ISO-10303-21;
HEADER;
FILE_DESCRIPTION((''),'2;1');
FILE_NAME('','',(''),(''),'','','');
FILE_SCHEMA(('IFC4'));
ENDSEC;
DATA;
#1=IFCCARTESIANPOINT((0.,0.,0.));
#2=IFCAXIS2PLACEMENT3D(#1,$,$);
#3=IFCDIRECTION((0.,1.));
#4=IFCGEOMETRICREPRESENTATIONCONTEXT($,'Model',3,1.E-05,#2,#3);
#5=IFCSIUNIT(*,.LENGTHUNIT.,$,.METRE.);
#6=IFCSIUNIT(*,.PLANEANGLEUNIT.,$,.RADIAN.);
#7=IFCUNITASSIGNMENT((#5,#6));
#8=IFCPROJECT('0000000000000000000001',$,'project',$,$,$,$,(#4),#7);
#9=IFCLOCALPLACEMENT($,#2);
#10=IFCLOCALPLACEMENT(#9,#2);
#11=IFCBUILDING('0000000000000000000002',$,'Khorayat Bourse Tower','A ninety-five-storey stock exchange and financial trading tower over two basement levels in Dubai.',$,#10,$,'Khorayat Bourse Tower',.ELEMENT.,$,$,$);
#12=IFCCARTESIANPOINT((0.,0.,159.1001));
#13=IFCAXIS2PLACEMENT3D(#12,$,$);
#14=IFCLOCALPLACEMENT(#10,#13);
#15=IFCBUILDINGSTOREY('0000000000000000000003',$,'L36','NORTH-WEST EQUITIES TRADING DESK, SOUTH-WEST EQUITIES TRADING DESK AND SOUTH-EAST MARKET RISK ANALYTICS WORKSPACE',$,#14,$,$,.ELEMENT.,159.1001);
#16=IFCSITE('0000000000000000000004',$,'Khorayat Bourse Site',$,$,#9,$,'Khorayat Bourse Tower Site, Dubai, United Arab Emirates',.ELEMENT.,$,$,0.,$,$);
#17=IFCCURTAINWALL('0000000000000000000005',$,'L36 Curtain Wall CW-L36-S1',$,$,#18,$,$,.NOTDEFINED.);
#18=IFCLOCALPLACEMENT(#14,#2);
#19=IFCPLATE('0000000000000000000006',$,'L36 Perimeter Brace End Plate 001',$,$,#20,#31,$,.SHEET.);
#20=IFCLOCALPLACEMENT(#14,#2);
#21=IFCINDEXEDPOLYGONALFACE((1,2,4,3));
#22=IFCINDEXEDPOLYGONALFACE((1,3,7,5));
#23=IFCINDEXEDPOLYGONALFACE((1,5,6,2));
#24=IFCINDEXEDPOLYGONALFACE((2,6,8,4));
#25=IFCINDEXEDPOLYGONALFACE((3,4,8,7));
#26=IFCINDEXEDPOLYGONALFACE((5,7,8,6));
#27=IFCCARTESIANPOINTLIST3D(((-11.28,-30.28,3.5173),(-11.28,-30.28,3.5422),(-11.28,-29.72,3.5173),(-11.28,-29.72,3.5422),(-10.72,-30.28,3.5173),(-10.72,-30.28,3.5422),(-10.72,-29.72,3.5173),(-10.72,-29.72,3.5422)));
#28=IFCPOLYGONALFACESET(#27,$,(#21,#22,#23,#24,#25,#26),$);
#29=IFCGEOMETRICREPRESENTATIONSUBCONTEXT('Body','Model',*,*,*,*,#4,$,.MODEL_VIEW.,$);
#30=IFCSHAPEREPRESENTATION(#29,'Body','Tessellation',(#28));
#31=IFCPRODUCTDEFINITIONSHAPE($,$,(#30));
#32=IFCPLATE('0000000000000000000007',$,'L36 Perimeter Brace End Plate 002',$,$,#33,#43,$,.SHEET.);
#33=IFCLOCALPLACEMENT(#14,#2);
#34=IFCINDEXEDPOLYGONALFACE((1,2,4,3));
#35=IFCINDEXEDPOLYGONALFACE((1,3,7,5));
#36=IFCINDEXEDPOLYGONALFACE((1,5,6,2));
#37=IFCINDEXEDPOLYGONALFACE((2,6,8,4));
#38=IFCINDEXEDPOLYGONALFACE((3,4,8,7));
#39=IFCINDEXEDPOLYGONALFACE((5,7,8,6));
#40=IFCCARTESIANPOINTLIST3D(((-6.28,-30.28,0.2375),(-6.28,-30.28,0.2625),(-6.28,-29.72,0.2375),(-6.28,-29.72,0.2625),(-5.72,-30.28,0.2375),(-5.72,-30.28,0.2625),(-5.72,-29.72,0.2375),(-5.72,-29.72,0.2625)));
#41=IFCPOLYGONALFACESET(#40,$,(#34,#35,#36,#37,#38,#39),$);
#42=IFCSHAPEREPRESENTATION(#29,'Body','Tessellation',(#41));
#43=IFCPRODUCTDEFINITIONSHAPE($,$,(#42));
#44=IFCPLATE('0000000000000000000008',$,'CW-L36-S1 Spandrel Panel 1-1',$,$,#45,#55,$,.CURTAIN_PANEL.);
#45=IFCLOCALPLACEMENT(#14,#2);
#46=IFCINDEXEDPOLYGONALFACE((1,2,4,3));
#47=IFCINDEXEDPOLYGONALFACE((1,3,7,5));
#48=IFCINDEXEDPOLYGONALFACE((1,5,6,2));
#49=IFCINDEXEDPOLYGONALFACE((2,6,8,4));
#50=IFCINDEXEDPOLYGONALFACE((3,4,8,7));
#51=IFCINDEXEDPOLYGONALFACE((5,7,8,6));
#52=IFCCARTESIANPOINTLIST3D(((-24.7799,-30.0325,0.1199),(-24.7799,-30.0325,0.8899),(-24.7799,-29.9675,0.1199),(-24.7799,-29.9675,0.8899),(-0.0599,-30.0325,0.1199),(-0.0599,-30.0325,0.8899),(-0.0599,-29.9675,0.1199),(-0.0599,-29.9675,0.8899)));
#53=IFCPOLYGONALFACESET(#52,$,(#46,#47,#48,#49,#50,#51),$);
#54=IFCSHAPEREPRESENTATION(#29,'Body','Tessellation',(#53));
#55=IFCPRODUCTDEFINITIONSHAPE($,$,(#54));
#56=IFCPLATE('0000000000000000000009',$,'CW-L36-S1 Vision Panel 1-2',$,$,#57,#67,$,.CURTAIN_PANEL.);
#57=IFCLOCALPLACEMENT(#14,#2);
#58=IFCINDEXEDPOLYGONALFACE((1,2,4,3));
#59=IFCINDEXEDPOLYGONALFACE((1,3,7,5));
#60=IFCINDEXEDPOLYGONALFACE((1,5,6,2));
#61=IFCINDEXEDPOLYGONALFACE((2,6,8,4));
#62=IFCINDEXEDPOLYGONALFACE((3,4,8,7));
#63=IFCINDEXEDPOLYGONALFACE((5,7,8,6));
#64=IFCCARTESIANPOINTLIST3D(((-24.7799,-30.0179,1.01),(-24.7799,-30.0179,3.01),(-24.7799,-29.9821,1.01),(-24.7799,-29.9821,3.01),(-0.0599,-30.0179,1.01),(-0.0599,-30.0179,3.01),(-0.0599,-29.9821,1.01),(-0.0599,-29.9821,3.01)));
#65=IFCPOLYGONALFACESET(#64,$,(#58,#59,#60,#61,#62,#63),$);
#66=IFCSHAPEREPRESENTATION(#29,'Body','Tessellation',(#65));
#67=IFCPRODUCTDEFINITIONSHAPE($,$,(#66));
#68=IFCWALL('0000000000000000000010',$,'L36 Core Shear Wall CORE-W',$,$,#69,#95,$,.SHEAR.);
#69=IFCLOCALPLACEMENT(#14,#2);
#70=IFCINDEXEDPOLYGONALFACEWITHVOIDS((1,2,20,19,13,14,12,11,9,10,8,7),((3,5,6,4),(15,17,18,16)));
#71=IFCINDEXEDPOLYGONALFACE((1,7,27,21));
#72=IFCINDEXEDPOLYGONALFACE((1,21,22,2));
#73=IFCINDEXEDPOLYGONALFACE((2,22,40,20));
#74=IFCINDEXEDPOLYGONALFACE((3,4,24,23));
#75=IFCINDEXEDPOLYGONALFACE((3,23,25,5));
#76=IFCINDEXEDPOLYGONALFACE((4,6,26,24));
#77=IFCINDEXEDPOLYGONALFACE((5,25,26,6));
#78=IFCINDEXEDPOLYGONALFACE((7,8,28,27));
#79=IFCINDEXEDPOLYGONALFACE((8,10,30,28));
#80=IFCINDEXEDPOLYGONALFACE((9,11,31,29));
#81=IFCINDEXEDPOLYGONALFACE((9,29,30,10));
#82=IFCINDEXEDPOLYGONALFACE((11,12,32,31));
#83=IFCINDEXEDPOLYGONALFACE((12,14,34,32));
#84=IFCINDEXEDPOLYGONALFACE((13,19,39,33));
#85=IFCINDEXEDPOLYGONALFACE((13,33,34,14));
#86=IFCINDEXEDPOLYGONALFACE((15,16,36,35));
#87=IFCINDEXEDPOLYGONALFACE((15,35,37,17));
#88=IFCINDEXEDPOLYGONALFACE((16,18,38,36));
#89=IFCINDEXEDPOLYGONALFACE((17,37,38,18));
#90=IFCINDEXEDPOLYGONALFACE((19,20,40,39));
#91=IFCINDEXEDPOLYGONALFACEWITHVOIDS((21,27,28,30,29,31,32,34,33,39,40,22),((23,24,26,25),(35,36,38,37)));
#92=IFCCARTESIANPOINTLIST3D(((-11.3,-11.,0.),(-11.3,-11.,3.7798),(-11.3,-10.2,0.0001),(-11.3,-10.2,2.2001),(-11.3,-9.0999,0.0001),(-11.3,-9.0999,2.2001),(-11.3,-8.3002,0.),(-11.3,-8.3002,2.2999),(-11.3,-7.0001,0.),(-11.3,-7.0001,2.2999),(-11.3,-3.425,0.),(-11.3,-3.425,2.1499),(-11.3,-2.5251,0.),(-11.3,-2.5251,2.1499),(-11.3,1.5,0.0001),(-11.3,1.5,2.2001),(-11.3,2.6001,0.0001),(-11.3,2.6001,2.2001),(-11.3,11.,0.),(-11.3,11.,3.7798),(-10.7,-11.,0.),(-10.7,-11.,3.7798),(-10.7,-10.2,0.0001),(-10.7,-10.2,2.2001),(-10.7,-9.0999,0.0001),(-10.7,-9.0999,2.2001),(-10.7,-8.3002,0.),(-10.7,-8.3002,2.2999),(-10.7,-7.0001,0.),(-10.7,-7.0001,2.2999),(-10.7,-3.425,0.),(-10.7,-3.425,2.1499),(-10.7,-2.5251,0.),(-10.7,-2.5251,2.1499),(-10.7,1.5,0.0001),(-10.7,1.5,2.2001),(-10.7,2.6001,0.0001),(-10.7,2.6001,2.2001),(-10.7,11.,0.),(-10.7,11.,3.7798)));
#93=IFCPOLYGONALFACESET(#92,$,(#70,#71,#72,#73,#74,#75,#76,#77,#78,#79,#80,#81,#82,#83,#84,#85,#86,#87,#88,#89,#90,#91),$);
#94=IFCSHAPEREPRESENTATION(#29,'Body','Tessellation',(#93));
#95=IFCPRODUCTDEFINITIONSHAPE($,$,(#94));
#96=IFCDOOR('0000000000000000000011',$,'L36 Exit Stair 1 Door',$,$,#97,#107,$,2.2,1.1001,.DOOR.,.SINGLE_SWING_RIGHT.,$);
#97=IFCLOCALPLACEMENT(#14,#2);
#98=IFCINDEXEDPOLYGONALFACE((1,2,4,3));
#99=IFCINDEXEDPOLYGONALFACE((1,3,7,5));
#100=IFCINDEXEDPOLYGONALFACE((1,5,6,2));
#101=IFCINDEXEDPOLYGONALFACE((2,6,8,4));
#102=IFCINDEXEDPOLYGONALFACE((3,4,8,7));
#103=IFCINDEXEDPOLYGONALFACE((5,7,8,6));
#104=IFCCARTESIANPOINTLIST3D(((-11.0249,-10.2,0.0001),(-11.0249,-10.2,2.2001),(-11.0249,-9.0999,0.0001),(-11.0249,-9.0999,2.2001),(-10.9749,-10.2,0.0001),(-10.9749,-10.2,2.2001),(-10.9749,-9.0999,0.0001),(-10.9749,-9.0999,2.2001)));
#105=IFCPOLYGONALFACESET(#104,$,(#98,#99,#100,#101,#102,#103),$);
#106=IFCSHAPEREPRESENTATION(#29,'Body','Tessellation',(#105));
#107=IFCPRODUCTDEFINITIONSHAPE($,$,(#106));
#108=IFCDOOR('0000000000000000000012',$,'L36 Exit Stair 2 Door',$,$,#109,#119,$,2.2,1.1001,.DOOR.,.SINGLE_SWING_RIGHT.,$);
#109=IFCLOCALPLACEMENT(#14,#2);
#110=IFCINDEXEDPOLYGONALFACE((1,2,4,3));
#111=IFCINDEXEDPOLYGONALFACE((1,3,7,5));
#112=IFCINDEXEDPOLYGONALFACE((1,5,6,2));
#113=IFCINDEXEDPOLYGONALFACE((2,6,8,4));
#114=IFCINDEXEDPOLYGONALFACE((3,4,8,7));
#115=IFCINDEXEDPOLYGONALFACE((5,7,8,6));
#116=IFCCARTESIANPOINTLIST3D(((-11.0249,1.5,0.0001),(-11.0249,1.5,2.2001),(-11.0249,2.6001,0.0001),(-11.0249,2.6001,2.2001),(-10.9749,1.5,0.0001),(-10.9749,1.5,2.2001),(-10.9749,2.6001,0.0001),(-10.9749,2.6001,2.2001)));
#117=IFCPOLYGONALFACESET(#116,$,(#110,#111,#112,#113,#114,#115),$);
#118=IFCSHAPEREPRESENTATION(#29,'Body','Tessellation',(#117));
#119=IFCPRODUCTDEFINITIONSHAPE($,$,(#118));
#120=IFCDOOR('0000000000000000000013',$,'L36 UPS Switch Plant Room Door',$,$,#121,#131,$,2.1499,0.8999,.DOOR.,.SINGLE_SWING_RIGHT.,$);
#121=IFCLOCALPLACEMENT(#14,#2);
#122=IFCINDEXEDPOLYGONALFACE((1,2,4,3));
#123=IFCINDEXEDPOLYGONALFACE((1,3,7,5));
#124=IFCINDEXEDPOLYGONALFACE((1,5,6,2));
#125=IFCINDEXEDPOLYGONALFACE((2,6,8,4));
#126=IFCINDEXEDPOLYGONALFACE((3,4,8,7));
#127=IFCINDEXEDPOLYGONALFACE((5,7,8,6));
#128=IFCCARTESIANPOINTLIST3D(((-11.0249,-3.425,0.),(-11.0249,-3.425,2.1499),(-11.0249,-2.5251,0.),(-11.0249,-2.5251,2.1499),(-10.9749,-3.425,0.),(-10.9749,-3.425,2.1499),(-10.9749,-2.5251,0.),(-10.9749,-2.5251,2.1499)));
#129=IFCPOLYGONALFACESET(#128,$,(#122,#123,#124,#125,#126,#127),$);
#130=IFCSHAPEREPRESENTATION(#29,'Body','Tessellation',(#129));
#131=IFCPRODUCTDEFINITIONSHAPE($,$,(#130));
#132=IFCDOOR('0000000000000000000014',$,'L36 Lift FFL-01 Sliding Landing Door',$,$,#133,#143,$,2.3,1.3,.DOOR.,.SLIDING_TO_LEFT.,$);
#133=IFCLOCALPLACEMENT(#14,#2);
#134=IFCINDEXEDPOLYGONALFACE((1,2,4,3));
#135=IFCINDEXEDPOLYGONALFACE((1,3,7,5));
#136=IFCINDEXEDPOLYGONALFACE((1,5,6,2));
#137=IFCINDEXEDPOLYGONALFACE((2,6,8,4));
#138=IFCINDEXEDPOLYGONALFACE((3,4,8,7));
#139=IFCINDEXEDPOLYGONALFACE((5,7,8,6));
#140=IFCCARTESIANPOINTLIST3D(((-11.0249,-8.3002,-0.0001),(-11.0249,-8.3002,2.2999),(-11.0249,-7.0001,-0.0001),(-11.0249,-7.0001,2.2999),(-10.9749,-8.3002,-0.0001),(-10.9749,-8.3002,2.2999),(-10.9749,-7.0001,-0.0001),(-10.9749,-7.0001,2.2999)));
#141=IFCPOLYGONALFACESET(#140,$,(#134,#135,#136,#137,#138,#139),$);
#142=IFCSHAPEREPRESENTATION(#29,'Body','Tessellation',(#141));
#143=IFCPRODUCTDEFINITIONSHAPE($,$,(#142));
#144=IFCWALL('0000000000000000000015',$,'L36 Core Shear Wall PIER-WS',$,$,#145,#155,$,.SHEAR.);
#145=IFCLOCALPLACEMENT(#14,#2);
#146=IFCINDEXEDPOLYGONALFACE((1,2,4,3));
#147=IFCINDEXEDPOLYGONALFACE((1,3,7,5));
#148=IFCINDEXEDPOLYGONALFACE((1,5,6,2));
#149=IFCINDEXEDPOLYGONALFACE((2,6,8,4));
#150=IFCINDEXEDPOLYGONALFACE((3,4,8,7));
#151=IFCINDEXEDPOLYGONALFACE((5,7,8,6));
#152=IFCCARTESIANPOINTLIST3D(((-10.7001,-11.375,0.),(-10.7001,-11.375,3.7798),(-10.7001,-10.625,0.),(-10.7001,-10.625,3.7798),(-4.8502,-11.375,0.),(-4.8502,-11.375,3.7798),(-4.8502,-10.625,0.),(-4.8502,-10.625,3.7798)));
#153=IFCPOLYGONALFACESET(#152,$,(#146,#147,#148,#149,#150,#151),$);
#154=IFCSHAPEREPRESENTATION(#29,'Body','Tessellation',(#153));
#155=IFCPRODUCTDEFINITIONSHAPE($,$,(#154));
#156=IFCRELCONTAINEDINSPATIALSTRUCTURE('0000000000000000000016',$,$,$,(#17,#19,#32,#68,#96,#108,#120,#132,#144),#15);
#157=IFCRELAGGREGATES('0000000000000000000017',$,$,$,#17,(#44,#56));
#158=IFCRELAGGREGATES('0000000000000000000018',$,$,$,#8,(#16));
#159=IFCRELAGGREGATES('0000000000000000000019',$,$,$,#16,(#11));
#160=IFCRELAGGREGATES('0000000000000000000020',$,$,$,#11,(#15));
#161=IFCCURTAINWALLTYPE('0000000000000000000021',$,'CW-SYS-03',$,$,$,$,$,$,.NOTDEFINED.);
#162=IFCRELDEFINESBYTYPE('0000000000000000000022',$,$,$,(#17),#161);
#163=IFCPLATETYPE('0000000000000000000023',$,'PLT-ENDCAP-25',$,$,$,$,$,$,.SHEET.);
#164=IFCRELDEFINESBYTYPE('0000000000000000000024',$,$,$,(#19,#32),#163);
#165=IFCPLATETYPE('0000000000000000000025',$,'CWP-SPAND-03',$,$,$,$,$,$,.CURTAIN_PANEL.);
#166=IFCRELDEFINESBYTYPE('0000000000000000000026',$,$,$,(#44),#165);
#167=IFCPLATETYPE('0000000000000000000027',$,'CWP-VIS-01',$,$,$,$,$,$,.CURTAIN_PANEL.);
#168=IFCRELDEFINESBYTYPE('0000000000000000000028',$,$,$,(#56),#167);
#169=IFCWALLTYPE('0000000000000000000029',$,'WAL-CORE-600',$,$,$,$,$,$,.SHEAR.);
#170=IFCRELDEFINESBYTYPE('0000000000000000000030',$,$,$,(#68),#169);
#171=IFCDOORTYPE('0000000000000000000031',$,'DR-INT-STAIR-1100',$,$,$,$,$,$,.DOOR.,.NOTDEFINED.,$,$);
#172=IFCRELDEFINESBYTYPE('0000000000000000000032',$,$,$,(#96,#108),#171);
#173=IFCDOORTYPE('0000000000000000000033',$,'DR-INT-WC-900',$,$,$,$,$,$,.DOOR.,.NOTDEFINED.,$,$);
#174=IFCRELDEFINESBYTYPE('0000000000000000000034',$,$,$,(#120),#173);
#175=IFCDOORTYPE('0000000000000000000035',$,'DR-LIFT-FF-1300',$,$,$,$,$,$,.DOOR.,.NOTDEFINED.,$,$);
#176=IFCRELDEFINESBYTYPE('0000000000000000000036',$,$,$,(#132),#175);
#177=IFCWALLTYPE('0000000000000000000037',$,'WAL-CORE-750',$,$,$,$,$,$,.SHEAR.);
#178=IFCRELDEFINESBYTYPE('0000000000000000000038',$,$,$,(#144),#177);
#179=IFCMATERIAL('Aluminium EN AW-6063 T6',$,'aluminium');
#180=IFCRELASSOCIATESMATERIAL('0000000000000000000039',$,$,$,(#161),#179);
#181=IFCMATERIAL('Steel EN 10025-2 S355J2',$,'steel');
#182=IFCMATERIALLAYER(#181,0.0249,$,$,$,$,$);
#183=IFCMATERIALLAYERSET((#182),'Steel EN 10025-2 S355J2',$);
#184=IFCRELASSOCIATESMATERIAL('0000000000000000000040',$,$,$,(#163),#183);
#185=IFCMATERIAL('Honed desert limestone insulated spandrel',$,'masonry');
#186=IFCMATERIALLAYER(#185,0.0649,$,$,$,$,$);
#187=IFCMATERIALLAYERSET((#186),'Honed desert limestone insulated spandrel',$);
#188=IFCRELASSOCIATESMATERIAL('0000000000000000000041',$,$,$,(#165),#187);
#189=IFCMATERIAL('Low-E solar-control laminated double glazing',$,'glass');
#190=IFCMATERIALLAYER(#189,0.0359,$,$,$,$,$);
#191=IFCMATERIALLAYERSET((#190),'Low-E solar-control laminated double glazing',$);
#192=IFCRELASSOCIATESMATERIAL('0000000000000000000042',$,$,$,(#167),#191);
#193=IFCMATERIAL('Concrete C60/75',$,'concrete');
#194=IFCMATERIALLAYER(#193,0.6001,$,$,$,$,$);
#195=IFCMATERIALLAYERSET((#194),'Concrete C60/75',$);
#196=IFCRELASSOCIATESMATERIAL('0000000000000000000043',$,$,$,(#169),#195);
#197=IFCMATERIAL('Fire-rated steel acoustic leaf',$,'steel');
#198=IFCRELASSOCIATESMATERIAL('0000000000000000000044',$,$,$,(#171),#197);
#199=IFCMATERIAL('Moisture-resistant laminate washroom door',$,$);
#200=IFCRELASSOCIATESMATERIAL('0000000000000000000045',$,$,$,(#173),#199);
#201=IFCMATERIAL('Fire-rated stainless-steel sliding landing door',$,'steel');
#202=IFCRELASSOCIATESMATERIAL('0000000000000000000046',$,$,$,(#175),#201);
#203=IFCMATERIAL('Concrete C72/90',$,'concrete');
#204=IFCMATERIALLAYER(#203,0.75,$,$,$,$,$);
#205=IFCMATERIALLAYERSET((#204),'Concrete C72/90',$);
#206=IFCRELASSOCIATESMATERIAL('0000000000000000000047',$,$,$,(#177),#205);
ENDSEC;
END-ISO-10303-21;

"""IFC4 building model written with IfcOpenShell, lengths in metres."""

from ifc_helpers import new_model, si_unit, direction, frame, frame_2d, origin, origin_2d, place, context, subcontext, project, spatial, rectangle, extrude, source, transform, mapped, material, layer, layer_set, type_object, element, fill, aggregate, save


model = new_model("IFC4")

# Units and contexts
model_context = context("Model", 3, precision=1e-05, world=origin(), true_north=direction((0.0, 1.0)))
body_context = subcontext(model_context, "Body", "Model", "MODEL_VIEW")
ifc_project = project(units=[si_unit("LENGTHUNIT", "METRE"), si_unit("PLANEANGLEUNIT", "RADIAN")], contexts=[model_context])

# Site, building, storey
site_placement = place(None, origin())
site = spatial("IfcSite", under=ifc_project, at=site_placement, Name="Khorayat Bourse Site", LongName="Khorayat Bourse Tower Site, Dubai, United Arab Emirates", CompositionType="ELEMENT", RefElevation=0.0)
building_placement = place(site_placement, origin())
building = spatial("IfcBuilding", under=site, at=building_placement, Name="Khorayat Bourse Tower", Description="A ninety-five-storey stock exchange and financial trading tower over two basement levels in Dubai.", LongName="Khorayat Bourse Tower", CompositionType="ELEMENT")
storey_placement = place(building_placement, frame((0.0, 0.0, 159.1001)))
storey = spatial("IfcBuildingStorey", under=building, at=storey_placement, Name="L36", Description="NORTH-WEST EQUITIES TRADING DESK, SOUTH-WEST EQUITIES TRADING DESK AND SOUTH-EAST MARKET RISK ANALYTICS WORKSPACE", CompositionType="ELEMENT", Elevation=159.1001)

# Shared definitions
ifc_material_1 = material(Name="Concrete C60/75", Category="concrete")

# Shared definitions
ifc_material_2 = material(Name="Concrete C72/90", Category="concrete")

# Curtain wall
ifc_material_3 = material(Name="Aluminium EN AW-6063 T6", Category="aluminium")
curtain_wall_type = type_object("IfcCurtainWallType", Name="CW-SYS-03", PredefinedType="NOTDEFINED", material=ifc_material_3)
curtain_wall_placement = place(storey_placement, origin())
curtain_wall = element("IfcCurtainWall", 1, at=curtain_wall_placement, inside=storey, type_object=curtain_wall_type, Name="L36 Curtain Wall CW-L36-S1", PredefinedType="NOTDEFINED")

# Plates
ifc_material_4 = material(Name="Steel EN 10025-2 S355J2", Category="steel")
ifc_layer_1 = layer(ifc_material_4, 0.0249)
ifc_layer_set_1 = layer_set([ifc_layer_1], Name="Steel EN 10025-2 S355J2")
plate_type_1 = type_object("IfcPlateType", Name="PLT-ENDCAP-25", PredefinedType="SHEET", material=ifc_layer_set_1)
shared_shape_1 = source(origin(), body_context, "Body", "SweptSolid", [
    extrude(rectangle(XDim=0.5601, YDim=0.5601, at=origin_2d()), origin(), (0.0, 0.0, 1.0), 0.0249),
])
for number, where, z_axis, x_axis, name in (
    (2, (-11.0, -30.0, 3.5173), (0.0, 0.0, 1.0), (1.0, 0.0, 0.0), "L36 Perimeter Brace End Plate 001"),
    (3, (-6.0, -30.0, 0.2375), (0.0, 0.0, 1.0), (1.0, 0.0, 0.0), "L36 Perimeter Brace End Plate 002"),
):
    element("IfcPlate", number, at=place(storey_placement, frame(where, z_axis=z_axis, x_axis=x_axis)), inside=storey, type_object=plate_type_1, Name=name, PredefinedType="SHEET", context=body_context, shape_type="MappedRepresentation", body=[
        mapped(shared_shape_1, transform((0.0, 0.0, 0.0), scale=1.0)),
    ])

# Plates
ifc_material_5 = material(Name="Honed desert limestone insulated spandrel", Category="masonry")
ifc_layer_2 = layer(ifc_material_5, 0.0649)
ifc_layer_set_2 = layer_set([ifc_layer_2], Name="Honed desert limestone insulated spandrel")
plate_type_2 = type_object("IfcPlateType", Name="CWP-SPAND-03", PredefinedType="CURTAIN_PANEL", material=ifc_layer_set_2)
shared_shape_2 = source(origin(), body_context, "Body", "SweptSolid", [
    extrude(rectangle(XDim=24.72, YDim=0.0649, at=origin_2d()), origin(), (0.0, 0.0, 1.0), 0.77),
])
plate_1_placement = place(storey_placement, frame((-12.4199, -30.0, 0.1199), z_axis=(0.0, 0.0, 1.0), x_axis=(1.0, 0.0, 0.0)))
plate_1 = element("IfcPlate", 4, at=plate_1_placement, type_object=plate_type_2, Name="CW-L36-S1 Spandrel Panel 1-1", PredefinedType="CURTAIN_PANEL", context=body_context, shape_type="MappedRepresentation", body=[
    mapped(shared_shape_2, transform((0.0, 0.0, 0.0), scale=1.0)),
])
ifc_material_6 = material(Name="Low-E solar-control laminated double glazing", Category="glass")
ifc_layer_3 = layer(ifc_material_6, 0.0359)
ifc_layer_set_3 = layer_set([ifc_layer_3], Name="Low-E solar-control laminated double glazing")
plate_type_3 = type_object("IfcPlateType", Name="CWP-VIS-01", PredefinedType="CURTAIN_PANEL", material=ifc_layer_set_3)
shared_shape_3 = source(origin(), body_context, "Body", "SweptSolid", [
    extrude(rectangle(XDim=24.72, YDim=0.0359, at=origin_2d()), origin(), (0.0, 0.0, 1.0), 2.0),
])
plate_2_placement = place(storey_placement, frame((-12.4199, -30.0, 1.01), z_axis=(0.0, 0.0, 1.0), x_axis=(1.0, 0.0, 0.0)))
plate_2 = element("IfcPlate", 5, at=plate_2_placement, type_object=plate_type_3, Name="CW-L36-S1 Vision Panel 1-2", PredefinedType="CURTAIN_PANEL", context=body_context, shape_type="MappedRepresentation", body=[
    mapped(shared_shape_3, transform((0.0, 0.0, 0.0), scale=1.0)),
])
aggregate(curtain_wall, [plate_1, plate_2])

# Wall, openings, doors
ifc_layer_4 = layer(ifc_material_1, 0.6001)
ifc_layer_set_4 = layer_set([ifc_layer_4], Name="Concrete C60/75")
wall_type_1 = type_object("IfcWallType", Name="WAL-CORE-600", PredefinedType="SHEAR", material=ifc_layer_set_4)
shared_shape_4 = source(origin(), body_context, "Body", "SweptSolid", [
    extrude(rectangle(XDim=22.0, YDim=0.6001, at=frame_2d((11.0, 0.0))), origin(), (0.0, 0.0, 1.0), 3.7798),
])
wall_1_placement = place(storey_placement, frame((-11.0, -11.0, 0.0), z_axis=(0.0, 0.0, 1.0), x_axis=(0.0, 1.0, 0.0)))
wall_1 = element("IfcWall", 6, at=wall_1_placement, inside=storey, type_object=wall_type_1, Name="L36 Core Shear Wall CORE-W", PredefinedType="SHEAR", context=body_context, shape_type="MappedRepresentation", body=[
    mapped(shared_shape_4, transform((0.0, 0.0, 0.0), scale=1.0)),
])
shared_shape_5 = source(origin(), body_context, "Body", "SweptSolid", [
    extrude(rectangle(XDim=1.1001, YDim=2.2, at=frame_2d((0.55, 1.1001))), frame((0.0, 0.3101, 0.0), z_axis=(0.0, -1.0, 0.0), x_axis=(1.0, 0.0, 0.0)), (0.0, 0.0, 1.0), 0.6201),
])
opening_1_placement = place(wall_1_placement, frame((0.8, 0.0, 0.0)))
opening_1 = element("IfcOpeningElement", 7, at=opening_1_placement, cuts=wall_1, PredefinedType="OPENING", context=body_context, shape_type="MappedRepresentation", body=[
    mapped(shared_shape_5, transform((0.0, 0.0, 0.0), scale=1.0)),
])
opening_2_placement = place(wall_1_placement, frame((12.5, 0.0, 0.0)))
opening_2 = element("IfcOpeningElement", 8, at=opening_2_placement, cuts=wall_1, PredefinedType="OPENING", context=body_context, shape_type="MappedRepresentation", body=[
    mapped(shared_shape_5, transform((0.0, 0.0, 0.0), scale=1.0)),
])
shared_shape_6 = source(origin(), body_context, "Body", "SweptSolid", [
    extrude(rectangle(XDim=0.8999, YDim=2.1499, at=frame_2d((0.45, 1.075))), frame((0.0, 0.3101, 0.0), z_axis=(0.0, -1.0, 0.0), x_axis=(1.0, 0.0, 0.0)), (0.0, 0.0, 1.0), 0.6201),
])
opening_3_placement = place(wall_1_placement, frame((7.575, 0.0, 0.0)))
opening_3 = element("IfcOpeningElement", 9, at=opening_3_placement, cuts=wall_1, PredefinedType="OPENING", context=body_context, shape_type="MappedRepresentation", body=[
    mapped(shared_shape_6, transform((0.0, 0.0, 0.0), scale=1.0)),
])
shared_shape_7 = source(origin(), body_context, "Body", "SweptSolid", [
    extrude(rectangle(XDim=1.3, YDim=2.3, at=frame_2d((0.6499, 1.1499))), frame((0.0, 0.3101, 0.0), z_axis=(0.0, -1.0, 0.0), x_axis=(1.0, 0.0, 0.0)), (0.0, 0.0, 1.0), 0.6201),
])
opening_4_placement = place(wall_1_placement, frame((2.7, 0.0, 0.0)))
opening_4 = element("IfcOpeningElement", 10, at=opening_4_placement, cuts=wall_1, PredefinedType="OPENING", context=body_context, shape_type="MappedRepresentation", body=[
    mapped(shared_shape_7, transform((0.0, 0.0, 0.0), scale=1.0)),
])
ifc_material_7 = material(Name="Fire-rated steel acoustic leaf", Category="steel")
door_type_1 = type_object("IfcDoorType", Name="DR-INT-STAIR-1100", OperationType="NOTDEFINED", PredefinedType="DOOR", material=ifc_material_7)
shared_shape_8 = source(origin(), body_context, "Body", "SweptSolid", [
    extrude(rectangle(XDim=1.1001, YDim=2.2, at=frame_2d((0.55, 1.1001))), frame((0.0, 0.0249, 0.0), z_axis=(0.0, -1.0, 0.0), x_axis=(1.0, 0.0, 0.0)), (0.0, 0.0, 1.0), 0.05),
])
door_1_placement = place(opening_1_placement, origin())
door_1 = element("IfcDoor", 11, at=door_1_placement, inside=storey, type_object=door_type_1, Name="L36 Exit Stair 1 Door", OperationType="SINGLE_SWING_RIGHT", OverallHeight=2.2, OverallWidth=1.1001, PredefinedType="DOOR", context=body_context, shape_type="MappedRepresentation", body=[
    mapped(shared_shape_8, transform((0.0, 0.0, 0.0), scale=1.0)),
])
fill(opening_1, door_1)
door_2_placement = place(opening_2_placement, origin())
door_2 = element("IfcDoor", 12, at=door_2_placement, inside=storey, type_object=door_type_1, Name="L36 Exit Stair 2 Door", OperationType="SINGLE_SWING_RIGHT", OverallHeight=2.2, OverallWidth=1.1001, PredefinedType="DOOR", context=body_context, shape_type="MappedRepresentation", body=[
    mapped(shared_shape_8, transform((0.0, 0.0, 0.0), scale=1.0)),
])
fill(opening_2, door_2)
ifc_material_8 = material(Name="Moisture-resistant laminate washroom door")
door_type_2 = type_object("IfcDoorType", Name="DR-INT-WC-900", OperationType="NOTDEFINED", PredefinedType="DOOR", material=ifc_material_8)
shared_shape_9 = source(origin(), body_context, "Body", "SweptSolid", [
    extrude(rectangle(XDim=0.8999, YDim=2.1499, at=frame_2d((0.45, 1.075))), frame((0.0, 0.0249, 0.0), z_axis=(0.0, -1.0, 0.0), x_axis=(1.0, 0.0, 0.0)), (0.0, 0.0, 1.0), 0.05),
])
door_3_placement = place(opening_3_placement, origin())
door_3 = element("IfcDoor", 13, at=door_3_placement, inside=storey, type_object=door_type_2, Name="L36 UPS Switch Plant Room Door", OperationType="SINGLE_SWING_RIGHT", OverallHeight=2.1499, OverallWidth=0.8999, PredefinedType="DOOR", context=body_context, shape_type="MappedRepresentation", body=[
    mapped(shared_shape_9, transform((0.0, 0.0, 0.0), scale=1.0)),
])
fill(opening_3, door_3)
ifc_material_9 = material(Name="Fire-rated stainless-steel sliding landing door", Category="steel")
door_type_3 = type_object("IfcDoorType", Name="DR-LIFT-FF-1300", OperationType="NOTDEFINED", PredefinedType="DOOR", material=ifc_material_9)
shared_shape_10 = source(origin(), body_context, "Body", "SweptSolid", [
    extrude(rectangle(XDim=1.3, YDim=2.3, at=frame_2d((0.6499, 1.1499))), frame((0.0, 0.0249, 0.0), z_axis=(0.0, -1.0, 0.0), x_axis=(1.0, 0.0, 0.0)), (0.0, 0.0, 1.0), 0.05),
])
door_4_placement = place(opening_4_placement, origin())
door_4 = element("IfcDoor", 14, at=door_4_placement, inside=storey, type_object=door_type_3, Name="L36 Lift FFL-01 Sliding Landing Door", OperationType="SLIDING_TO_LEFT", OverallHeight=2.3, OverallWidth=1.3, PredefinedType="DOOR", context=body_context, shape_type="MappedRepresentation", body=[
    mapped(shared_shape_10, transform((0.0, 0.0, 0.0), scale=1.0)),
])
fill(opening_4, door_4)

# Wall
ifc_layer_5 = layer(ifc_material_2, 0.75)
ifc_layer_set_5 = layer_set([ifc_layer_5], Name="Concrete C72/90")
wall_type_2 = type_object("IfcWallType", Name="WAL-CORE-750", PredefinedType="SHEAR", material=ifc_layer_set_5)
shared_shape_11 = source(origin(), body_context, "Body", "SweptSolid", [
    extrude(rectangle(XDim=5.8499, YDim=0.75, at=frame_2d((2.9248, 0.0))), origin(), (0.0, 0.0, 1.0), 3.7798),
])
wall_2_placement = place(storey_placement, frame((-10.7, -11.0, 0.0), z_axis=(0.0, 0.0, 1.0), x_axis=(1.0, 0.0, 0.0)))
element("IfcWall", 15, at=wall_2_placement, inside=storey, type_object=wall_type_2, Name="L36 Core Shear Wall PIER-WS", PredefinedType="SHEAR", context=body_context, shape_type="MappedRepresentation", body=[
    mapped(shared_shape_11, transform((0.0, 0.0, 0.0), scale=1.0)),
])

save(model, "model.ifc")
